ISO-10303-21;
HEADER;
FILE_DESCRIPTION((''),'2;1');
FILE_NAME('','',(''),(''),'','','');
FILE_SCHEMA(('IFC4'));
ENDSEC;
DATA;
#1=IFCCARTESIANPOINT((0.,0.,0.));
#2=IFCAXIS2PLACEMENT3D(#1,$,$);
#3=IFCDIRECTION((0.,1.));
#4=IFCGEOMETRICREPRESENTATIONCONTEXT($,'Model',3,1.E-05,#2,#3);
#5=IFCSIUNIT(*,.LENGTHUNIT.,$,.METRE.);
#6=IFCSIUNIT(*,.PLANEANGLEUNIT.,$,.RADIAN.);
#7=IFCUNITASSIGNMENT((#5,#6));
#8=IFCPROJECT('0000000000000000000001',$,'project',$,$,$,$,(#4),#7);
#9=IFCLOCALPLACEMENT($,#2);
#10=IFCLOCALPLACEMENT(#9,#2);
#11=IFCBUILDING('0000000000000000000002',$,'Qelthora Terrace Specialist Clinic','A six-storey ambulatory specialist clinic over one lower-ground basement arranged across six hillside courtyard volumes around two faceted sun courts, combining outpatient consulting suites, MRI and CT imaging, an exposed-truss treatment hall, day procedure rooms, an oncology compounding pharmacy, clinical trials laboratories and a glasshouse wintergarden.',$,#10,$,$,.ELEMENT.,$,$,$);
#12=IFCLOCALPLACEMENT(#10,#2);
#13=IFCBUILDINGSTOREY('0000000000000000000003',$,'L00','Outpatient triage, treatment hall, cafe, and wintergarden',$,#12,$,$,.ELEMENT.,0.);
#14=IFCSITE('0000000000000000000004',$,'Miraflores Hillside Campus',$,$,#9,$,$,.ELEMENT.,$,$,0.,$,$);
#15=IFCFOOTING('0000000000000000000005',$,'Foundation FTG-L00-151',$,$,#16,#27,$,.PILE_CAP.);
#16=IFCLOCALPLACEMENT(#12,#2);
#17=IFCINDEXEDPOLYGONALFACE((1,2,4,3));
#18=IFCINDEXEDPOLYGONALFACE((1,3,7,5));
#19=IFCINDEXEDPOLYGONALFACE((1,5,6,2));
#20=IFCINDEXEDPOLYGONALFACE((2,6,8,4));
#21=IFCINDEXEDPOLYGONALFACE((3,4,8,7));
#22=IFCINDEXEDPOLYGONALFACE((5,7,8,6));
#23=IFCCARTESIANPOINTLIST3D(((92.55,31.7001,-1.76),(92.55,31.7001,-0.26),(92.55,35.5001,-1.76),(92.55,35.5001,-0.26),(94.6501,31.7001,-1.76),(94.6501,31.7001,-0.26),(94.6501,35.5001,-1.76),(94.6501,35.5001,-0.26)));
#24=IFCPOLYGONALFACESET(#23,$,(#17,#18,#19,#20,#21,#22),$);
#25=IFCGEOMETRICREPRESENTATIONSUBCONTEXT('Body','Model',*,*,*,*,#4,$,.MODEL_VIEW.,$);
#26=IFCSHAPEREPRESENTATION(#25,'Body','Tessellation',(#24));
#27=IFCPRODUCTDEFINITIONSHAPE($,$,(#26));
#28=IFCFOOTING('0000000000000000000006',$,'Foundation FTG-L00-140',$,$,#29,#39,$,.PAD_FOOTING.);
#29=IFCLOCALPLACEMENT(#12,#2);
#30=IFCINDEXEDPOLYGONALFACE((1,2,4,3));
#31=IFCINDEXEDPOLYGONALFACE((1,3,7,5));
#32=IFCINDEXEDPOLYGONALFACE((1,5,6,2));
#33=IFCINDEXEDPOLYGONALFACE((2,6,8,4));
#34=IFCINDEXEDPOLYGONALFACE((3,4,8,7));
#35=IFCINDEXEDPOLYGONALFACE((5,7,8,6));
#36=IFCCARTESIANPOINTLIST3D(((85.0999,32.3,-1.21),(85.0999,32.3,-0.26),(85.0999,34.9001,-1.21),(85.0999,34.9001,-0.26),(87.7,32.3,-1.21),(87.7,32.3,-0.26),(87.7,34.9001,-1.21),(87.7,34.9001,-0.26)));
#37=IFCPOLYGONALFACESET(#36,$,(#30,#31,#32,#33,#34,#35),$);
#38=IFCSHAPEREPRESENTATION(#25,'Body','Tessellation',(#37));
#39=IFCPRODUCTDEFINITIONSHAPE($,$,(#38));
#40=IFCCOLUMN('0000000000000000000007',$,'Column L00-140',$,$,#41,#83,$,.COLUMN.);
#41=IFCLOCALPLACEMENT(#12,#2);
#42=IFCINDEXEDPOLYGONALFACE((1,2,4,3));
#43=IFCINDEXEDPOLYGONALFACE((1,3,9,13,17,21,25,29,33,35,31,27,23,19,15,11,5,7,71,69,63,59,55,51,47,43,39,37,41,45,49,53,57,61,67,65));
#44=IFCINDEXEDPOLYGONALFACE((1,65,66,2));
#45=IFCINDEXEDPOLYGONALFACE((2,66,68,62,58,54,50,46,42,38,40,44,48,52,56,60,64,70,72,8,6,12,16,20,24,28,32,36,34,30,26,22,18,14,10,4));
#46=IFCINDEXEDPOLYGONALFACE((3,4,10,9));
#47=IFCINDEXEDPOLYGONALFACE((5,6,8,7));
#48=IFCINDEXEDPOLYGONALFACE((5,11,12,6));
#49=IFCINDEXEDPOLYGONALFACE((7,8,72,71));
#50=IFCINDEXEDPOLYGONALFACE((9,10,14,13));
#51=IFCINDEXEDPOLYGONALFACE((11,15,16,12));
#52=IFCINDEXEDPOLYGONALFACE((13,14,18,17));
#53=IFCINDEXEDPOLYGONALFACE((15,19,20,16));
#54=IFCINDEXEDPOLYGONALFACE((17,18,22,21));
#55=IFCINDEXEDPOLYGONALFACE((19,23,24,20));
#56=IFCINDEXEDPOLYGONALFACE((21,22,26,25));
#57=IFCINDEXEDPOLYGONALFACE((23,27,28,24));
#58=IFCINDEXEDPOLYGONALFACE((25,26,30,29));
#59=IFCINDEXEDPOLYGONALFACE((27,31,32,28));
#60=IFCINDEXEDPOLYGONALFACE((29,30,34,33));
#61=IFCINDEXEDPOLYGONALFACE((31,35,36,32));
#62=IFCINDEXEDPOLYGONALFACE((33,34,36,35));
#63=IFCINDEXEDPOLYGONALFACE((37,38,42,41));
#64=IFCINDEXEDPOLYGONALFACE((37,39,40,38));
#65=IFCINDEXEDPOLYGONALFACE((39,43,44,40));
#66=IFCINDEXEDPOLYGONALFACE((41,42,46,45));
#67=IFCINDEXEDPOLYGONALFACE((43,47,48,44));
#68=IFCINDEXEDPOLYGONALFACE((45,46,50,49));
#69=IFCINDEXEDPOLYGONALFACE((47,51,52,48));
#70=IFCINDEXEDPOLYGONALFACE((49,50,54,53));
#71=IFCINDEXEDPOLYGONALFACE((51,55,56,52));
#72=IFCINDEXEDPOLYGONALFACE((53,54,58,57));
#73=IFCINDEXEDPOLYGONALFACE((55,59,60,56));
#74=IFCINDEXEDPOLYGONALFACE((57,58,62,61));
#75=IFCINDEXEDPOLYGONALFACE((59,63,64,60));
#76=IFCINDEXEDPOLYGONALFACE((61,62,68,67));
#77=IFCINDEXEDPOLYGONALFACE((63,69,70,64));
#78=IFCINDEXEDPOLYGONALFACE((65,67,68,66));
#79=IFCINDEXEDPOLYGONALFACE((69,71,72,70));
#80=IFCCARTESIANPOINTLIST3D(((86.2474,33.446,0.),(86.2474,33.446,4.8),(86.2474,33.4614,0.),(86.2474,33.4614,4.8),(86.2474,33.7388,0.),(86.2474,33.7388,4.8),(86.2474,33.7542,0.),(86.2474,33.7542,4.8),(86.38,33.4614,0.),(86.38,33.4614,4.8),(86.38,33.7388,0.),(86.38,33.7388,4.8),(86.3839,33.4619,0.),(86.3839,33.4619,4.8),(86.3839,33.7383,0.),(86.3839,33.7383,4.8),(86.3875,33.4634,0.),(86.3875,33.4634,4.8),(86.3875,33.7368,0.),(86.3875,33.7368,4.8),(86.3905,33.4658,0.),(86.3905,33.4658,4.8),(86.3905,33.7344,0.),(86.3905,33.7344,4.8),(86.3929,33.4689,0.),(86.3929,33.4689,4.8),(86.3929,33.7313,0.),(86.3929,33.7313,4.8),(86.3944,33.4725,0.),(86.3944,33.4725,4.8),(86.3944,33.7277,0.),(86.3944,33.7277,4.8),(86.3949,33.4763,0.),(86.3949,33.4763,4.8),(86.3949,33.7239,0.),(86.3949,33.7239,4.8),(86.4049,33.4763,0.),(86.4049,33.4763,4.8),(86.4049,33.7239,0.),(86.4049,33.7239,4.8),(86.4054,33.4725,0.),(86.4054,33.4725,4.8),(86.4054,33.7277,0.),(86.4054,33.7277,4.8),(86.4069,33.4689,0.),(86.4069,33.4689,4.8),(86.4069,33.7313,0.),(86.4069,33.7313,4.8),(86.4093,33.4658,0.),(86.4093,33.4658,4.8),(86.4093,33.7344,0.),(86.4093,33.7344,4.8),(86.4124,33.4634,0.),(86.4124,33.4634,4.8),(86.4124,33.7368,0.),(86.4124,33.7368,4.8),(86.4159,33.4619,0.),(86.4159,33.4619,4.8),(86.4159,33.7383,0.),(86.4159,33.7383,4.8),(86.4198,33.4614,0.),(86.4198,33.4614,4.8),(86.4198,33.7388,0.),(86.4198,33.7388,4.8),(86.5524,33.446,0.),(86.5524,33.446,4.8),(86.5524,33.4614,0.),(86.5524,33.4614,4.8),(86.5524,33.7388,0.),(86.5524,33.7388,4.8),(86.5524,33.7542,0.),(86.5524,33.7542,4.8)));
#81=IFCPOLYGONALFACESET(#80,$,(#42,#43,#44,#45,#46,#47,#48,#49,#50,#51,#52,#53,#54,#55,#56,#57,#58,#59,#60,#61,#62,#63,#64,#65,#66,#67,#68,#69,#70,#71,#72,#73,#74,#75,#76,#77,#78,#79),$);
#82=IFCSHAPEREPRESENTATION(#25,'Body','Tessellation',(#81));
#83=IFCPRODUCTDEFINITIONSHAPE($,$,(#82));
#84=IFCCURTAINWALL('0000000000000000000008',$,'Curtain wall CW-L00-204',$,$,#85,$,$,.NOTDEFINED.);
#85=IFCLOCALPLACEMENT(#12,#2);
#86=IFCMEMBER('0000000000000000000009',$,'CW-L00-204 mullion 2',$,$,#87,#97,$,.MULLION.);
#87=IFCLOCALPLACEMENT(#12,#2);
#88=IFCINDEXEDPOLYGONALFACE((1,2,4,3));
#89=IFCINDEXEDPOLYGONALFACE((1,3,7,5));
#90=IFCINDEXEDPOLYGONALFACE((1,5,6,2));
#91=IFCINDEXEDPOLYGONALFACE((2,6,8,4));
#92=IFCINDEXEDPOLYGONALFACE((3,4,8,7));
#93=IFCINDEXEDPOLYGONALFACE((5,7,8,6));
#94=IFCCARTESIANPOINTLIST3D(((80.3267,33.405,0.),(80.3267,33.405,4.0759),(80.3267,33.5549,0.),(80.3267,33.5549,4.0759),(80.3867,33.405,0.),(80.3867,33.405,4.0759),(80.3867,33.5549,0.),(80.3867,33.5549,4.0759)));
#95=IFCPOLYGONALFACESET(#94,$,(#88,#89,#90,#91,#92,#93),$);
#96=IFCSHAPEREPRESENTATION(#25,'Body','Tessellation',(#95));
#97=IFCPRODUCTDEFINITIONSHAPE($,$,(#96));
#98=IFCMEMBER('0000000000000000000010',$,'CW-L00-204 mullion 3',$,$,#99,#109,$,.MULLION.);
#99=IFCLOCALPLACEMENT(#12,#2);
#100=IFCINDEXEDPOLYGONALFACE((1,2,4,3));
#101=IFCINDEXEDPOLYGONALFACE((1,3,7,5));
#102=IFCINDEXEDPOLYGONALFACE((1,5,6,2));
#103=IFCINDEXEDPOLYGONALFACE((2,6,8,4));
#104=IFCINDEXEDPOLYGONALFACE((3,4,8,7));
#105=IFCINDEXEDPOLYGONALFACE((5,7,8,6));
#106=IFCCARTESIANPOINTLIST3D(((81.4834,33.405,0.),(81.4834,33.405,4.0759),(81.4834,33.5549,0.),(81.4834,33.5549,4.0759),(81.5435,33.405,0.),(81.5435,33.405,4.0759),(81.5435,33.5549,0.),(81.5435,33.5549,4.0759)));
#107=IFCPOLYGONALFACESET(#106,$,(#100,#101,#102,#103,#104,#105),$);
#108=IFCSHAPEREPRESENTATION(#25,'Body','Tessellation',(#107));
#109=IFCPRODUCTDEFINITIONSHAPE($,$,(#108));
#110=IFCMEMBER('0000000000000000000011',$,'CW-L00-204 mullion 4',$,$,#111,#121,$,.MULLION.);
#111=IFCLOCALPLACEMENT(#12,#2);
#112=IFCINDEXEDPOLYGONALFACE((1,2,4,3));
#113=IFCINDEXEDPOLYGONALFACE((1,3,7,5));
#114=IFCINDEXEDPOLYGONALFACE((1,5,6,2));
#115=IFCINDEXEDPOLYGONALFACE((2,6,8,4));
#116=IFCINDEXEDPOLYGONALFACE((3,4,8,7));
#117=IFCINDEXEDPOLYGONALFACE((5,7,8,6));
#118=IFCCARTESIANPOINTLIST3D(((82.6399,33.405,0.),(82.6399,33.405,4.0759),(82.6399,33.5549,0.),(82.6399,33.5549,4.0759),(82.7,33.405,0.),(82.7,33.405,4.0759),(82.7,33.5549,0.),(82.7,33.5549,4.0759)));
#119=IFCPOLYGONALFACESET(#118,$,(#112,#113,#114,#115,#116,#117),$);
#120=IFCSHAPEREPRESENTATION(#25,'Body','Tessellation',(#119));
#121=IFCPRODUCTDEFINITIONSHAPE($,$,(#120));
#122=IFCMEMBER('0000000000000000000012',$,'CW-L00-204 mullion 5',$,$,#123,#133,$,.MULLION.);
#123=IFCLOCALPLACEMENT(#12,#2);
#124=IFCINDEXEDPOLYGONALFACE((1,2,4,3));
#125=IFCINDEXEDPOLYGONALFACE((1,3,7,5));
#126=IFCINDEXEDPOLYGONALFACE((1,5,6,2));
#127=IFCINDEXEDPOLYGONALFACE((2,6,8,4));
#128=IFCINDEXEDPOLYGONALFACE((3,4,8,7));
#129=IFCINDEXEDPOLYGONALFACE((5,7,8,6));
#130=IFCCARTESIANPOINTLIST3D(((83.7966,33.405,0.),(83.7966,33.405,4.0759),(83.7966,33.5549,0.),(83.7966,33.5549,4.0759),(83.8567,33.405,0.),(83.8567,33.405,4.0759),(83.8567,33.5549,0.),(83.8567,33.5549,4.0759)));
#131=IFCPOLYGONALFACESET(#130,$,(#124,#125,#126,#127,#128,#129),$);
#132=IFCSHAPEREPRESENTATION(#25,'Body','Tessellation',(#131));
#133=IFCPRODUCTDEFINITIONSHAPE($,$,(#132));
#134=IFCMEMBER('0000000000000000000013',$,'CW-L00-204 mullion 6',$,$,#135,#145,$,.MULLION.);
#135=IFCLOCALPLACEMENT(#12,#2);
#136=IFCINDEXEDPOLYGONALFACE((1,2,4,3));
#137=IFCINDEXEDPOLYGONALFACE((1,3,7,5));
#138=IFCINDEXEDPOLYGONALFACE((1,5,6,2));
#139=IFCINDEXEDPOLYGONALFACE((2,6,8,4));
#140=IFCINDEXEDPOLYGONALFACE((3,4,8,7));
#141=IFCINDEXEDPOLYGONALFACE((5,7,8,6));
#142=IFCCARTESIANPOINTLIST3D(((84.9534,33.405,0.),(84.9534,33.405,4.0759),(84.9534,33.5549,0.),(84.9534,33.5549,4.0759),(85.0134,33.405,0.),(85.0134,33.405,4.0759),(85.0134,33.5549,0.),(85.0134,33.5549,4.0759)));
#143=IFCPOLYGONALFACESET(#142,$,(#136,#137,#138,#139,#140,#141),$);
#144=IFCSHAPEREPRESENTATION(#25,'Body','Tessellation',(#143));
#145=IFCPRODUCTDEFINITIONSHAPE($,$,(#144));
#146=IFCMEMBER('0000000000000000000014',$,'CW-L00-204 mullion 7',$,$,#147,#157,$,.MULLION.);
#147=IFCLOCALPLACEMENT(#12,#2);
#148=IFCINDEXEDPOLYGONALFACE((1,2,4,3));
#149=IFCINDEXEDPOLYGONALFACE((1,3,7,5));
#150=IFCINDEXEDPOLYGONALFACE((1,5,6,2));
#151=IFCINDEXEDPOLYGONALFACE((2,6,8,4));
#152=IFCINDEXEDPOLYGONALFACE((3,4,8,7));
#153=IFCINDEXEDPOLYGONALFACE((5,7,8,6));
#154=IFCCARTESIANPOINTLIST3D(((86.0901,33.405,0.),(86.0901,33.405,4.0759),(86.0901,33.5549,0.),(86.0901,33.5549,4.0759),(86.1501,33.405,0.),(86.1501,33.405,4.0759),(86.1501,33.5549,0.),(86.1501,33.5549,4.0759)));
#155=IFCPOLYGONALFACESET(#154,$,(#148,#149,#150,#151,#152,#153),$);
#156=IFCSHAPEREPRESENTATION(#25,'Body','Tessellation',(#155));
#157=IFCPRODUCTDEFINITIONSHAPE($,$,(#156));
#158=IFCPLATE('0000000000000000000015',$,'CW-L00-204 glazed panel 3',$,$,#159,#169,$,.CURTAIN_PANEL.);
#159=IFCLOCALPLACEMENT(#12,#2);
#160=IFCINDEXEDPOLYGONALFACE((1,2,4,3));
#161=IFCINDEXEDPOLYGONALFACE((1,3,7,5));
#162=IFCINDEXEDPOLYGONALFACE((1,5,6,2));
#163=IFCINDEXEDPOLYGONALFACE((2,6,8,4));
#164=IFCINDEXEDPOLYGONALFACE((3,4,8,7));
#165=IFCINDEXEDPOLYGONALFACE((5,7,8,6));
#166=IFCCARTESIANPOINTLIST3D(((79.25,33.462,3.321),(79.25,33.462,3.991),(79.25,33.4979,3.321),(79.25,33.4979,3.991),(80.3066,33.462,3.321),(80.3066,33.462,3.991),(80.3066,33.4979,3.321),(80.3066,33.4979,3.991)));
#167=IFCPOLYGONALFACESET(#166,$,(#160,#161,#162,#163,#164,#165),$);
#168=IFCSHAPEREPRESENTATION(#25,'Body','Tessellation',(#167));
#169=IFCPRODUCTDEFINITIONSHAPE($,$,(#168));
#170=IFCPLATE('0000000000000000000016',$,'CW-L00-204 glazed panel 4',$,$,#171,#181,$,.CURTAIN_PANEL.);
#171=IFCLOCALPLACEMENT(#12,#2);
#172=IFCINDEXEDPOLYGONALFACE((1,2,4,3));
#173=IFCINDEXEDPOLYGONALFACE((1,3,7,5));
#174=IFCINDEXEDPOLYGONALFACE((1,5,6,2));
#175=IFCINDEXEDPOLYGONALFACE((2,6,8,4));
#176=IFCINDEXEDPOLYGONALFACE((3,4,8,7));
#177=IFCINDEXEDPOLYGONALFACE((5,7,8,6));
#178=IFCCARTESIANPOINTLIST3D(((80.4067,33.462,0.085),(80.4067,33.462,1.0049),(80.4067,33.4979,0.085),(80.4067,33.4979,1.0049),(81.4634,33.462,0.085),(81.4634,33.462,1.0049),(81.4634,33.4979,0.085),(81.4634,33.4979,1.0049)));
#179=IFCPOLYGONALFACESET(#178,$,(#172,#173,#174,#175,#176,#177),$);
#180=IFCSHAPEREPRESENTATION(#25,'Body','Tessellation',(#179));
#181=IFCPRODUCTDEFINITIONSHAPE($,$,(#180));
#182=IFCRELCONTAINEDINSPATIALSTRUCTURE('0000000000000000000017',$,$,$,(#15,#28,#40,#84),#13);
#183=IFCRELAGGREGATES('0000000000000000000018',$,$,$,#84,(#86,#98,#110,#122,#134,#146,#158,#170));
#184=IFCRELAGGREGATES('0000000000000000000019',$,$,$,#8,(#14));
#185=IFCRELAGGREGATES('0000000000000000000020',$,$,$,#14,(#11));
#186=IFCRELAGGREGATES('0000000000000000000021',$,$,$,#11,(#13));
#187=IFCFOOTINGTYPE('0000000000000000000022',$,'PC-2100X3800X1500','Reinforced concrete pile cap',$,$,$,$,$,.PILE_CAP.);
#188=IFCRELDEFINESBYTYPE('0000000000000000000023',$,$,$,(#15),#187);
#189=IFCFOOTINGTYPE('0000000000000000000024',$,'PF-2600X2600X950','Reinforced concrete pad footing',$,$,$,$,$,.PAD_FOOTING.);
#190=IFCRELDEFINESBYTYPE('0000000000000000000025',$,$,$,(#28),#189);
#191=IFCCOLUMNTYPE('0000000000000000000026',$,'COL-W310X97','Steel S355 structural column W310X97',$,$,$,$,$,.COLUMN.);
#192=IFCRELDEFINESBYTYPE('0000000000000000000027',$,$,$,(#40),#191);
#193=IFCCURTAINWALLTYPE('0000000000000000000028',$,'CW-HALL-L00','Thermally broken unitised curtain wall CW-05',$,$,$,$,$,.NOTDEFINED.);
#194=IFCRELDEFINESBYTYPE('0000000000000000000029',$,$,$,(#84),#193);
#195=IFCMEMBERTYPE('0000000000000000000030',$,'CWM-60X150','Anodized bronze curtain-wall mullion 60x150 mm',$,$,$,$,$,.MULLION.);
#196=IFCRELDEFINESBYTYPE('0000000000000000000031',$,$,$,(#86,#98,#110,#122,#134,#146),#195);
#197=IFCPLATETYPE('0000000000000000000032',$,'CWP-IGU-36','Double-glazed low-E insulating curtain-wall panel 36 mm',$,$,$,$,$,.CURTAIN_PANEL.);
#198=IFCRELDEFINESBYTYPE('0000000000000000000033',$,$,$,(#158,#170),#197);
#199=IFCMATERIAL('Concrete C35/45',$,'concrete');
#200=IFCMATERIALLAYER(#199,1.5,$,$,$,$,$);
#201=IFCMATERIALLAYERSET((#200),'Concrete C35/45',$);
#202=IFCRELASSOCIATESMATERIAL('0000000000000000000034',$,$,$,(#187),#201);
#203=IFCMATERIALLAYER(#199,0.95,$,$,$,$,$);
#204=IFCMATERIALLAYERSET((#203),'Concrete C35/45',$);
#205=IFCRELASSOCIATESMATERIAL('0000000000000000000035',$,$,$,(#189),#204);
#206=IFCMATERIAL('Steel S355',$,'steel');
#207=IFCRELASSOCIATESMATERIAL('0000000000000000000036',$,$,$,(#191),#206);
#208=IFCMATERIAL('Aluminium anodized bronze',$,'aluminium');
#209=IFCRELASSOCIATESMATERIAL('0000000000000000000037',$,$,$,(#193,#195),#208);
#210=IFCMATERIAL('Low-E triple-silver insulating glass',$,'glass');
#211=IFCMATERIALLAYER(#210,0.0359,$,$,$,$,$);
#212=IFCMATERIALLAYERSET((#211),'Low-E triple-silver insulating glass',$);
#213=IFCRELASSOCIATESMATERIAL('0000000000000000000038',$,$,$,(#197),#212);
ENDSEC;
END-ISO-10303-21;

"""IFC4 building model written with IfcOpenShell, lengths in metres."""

from ifc_helpers import new_model, si_unit, direction, frame, origin, origin_2d, place, context, subcontext, project, spatial, rectangle, i_section, extrude, material, layer, layer_set, material_profile, profile_set, type_object, element, aggregate, save


model = new_model("IFC4")

# Units and contexts
model_context = context("Model", 3, precision=1e-05, world=origin(), true_north=direction((0.0, 1.0)))
body_context = subcontext(model_context, "Body", "Model", "MODEL_VIEW")
ifc_project = project(units=[si_unit("LENGTHUNIT", "METRE"), si_unit("PLANEANGLEUNIT", "RADIAN")], contexts=[model_context])

# Site, building, storey
site_placement = place(None, origin())
site = spatial("IfcSite", under=ifc_project, at=site_placement, Name="Miraflores Hillside Campus", CompositionType="ELEMENT", RefElevation=0.0)
building_placement = place(site_placement, origin())
building = spatial("IfcBuilding", under=site, at=building_placement, Name="Qelthora Terrace Specialist Clinic", Description="A six-storey ambulatory specialist clinic over one lower-ground basement arranged across six hillside courtyard volumes around two faceted sun courts, combining outpatient consulting suites, MRI and CT imaging, an exposed-truss treatment hall, day procedure rooms, an oncology compounding pharmacy, clinical trials laboratories and a glasshouse wintergarden.", CompositionType="ELEMENT")
storey_placement = place(building_placement, origin())
storey = spatial("IfcBuildingStorey", under=building, at=storey_placement, Name="L00", Description="Outpatient triage, treatment hall, cafe, and wintergarden", CompositionType="ELEMENT", Elevation=0.0)

# Footings
ifc_material_1 = material(Name="Concrete C35/45", Category="concrete")
ifc_layer_1 = layer(ifc_material_1, 1.5)
ifc_layer_set_1 = layer_set([ifc_layer_1], Name="Concrete C35/45")
footing_type_1 = type_object("IfcFootingType", Name="PC-2100X3800X1500", Description="Reinforced concrete pile cap", PredefinedType="PILE_CAP", material=ifc_layer_set_1)
footing_1_placement = place(storey_placement, frame((93.6001, 33.6001, -1.76), z_axis=(0.0, 0.0, 1.0), x_axis=(1.0, 0.0, 0.0)))
element("IfcFooting", 1, at=footing_1_placement, inside=storey, type_object=footing_type_1, Name="Foundation FTG-L00-151", PredefinedType="PILE_CAP", context=body_context, shape_type="SweptSolid", body=[
    extrude(rectangle(XDim=2.1001, YDim=3.8, at=origin_2d()), origin(), (0.0, 0.0, 1.0), 1.5),
])
ifc_layer_2 = layer(ifc_material_1, 0.95)
ifc_layer_set_2 = layer_set([ifc_layer_2], Name="Concrete C35/45")
footing_type_2 = type_object("IfcFootingType", Name="PF-2600X2600X950", Description="Reinforced concrete pad footing", PredefinedType="PAD_FOOTING", material=ifc_layer_set_2)
footing_2_placement = place(storey_placement, frame((86.3999, 33.6001, -1.21), z_axis=(0.0, 0.0, 1.0), x_axis=(1.0, 0.0, 0.0)))
element("IfcFooting", 2, at=footing_2_placement, inside=storey, type_object=footing_type_2, Name="Foundation FTG-L00-140", PredefinedType="PAD_FOOTING", context=body_context, shape_type="SweptSolid", body=[
    extrude(rectangle(XDim=2.6001, YDim=2.6001, at=origin_2d()), origin(), (0.0, 0.0, 1.0), 0.95),
])

# Column
ifc_material_2 = material(Name="Steel S355", Category="steel")
ifc_material_profile_1 = material_profile(ifc_material_2, i_section(OverallWidth=0.3049, OverallDepth=0.3081, WebThickness=0.01, FlangeThickness=0.0154, FilletRadius=0.0149, at=origin_2d()), Name="W310X97")
ifc_profile_set_1 = profile_set([ifc_material_profile_1], Name="Steel S355")
column_type = type_object("IfcColumnType", Name="COL-W310X97", Description="Steel S355 structural column W310X97", PredefinedType="COLUMN", material=ifc_profile_set_1)
column_placement = place(storey_placement, frame((86.3999, 33.6001, 0.0), z_axis=(0.0, 0.0, 1.0), x_axis=(1.0, 0.0, 0.0)))
element("IfcColumn", 3, at=column_placement, inside=storey, type_object=column_type, Name="Column L00-140", PredefinedType="COLUMN", context=body_context, shape_type="SweptSolid", body=[
    extrude(i_section(OverallWidth=0.3049, OverallDepth=0.3081, WebThickness=0.01, FlangeThickness=0.0154, FilletRadius=0.0149, at=origin_2d()), origin(), (0.0, 0.0, 1.0), 4.8),
])

# Curtain wall, members, plates
ifc_material_3 = material(Name="Aluminium anodized bronze", Category="aluminium")
curtain_wall_type = type_object("IfcCurtainWallType", Name="CW-HALL-L00", Description="Thermally broken unitised curtain wall CW-05", PredefinedType="NOTDEFINED", material=ifc_material_3)
curtain_wall_placement = place(storey_placement, origin())
curtain_wall = element("IfcCurtainWall", 4, at=curtain_wall_placement, inside=storey, type_object=curtain_wall_type, Name="Curtain wall CW-L00-204", PredefinedType="NOTDEFINED")
ifc_material_profile_2 = material_profile(ifc_material_3, rectangle(XDim=0.0601, YDim=0.1499, at=origin_2d()), Name="CWM60X150")
ifc_profile_set_2 = profile_set([ifc_material_profile_2], Name="Aluminium anodized bronze")
member_type = type_object("IfcMemberType", Name="CWM-60X150", Description="Anodized bronze curtain-wall mullion 60x150 mm", PredefinedType="MULLION", material=ifc_profile_set_2)
member_1_placement = place(storey_placement, frame((80.3567, 33.48, 0.0), z_axis=(0.0, 0.0, 1.0), x_axis=(1.0, 0.0, 0.0)))
member_1 = element("IfcMember", 5, at=member_1_placement, type_object=member_type, Name="CW-L00-204 mullion 2", PredefinedType="MULLION", context=body_context, shape_type="SweptSolid", body=[
    extrude(rectangle(XDim=0.0601, YDim=0.1499, at=origin_2d()), origin(), (0.0, 0.0, 1.0), 4.0759),
])
member_2_placement = place(storey_placement, frame((81.5134, 33.48, 0.0), z_axis=(0.0, 0.0, 1.0), x_axis=(1.0, 0.0, 0.0)))
member_2 = element("IfcMember", 6, at=member_2_placement, type_object=member_type, Name="CW-L00-204 mullion 3", PredefinedType="MULLION", context=body_context, shape_type="SweptSolid", body=[
    extrude(rectangle(XDim=0.0601, YDim=0.1499, at=origin_2d()), origin(), (0.0, 0.0, 1.0), 4.0759),
])
member_3_placement = place(storey_placement, frame((82.6699, 33.48, 0.0), z_axis=(0.0, 0.0, 1.0), x_axis=(1.0, 0.0, 0.0)))
member_3 = element("IfcMember", 7, at=member_3_placement, type_object=member_type, Name="CW-L00-204 mullion 4", PredefinedType="MULLION", context=body_context, shape_type="SweptSolid", body=[
    extrude(rectangle(XDim=0.0601, YDim=0.1499, at=origin_2d()), origin(), (0.0, 0.0, 1.0), 4.0759),
])
member_4_placement = place(storey_placement, frame((83.8267, 33.48, 0.0), z_axis=(0.0, 0.0, 1.0), x_axis=(1.0, 0.0, 0.0)))
member_4 = element("IfcMember", 8, at=member_4_placement, type_object=member_type, Name="CW-L00-204 mullion 5", PredefinedType="MULLION", context=body_context, shape_type="SweptSolid", body=[
    extrude(rectangle(XDim=0.0601, YDim=0.1499, at=origin_2d()), origin(), (0.0, 0.0, 1.0), 4.0759),
])
member_5_placement = place(storey_placement, frame((84.9834, 33.48, 0.0), z_axis=(0.0, 0.0, 1.0), x_axis=(1.0, 0.0, 0.0)))
member_5 = element("IfcMember", 9, at=member_5_placement, type_object=member_type, Name="CW-L00-204 mullion 6", PredefinedType="MULLION", context=body_context, shape_type="SweptSolid", body=[
    extrude(rectangle(XDim=0.0601, YDim=0.1499, at=origin_2d()), origin(), (0.0, 0.0, 1.0), 4.0759),
])
member_6_placement = place(storey_placement, frame((86.1201, 33.48, 0.0), z_axis=(0.0, 0.0, 1.0), x_axis=(1.0, 0.0, 0.0)))
member_6 = element("IfcMember", 10, at=member_6_placement, type_object=member_type, Name="CW-L00-204 mullion 7", PredefinedType="MULLION", context=body_context, shape_type="SweptSolid", body=[
    extrude(rectangle(XDim=0.0601, YDim=0.1499, at=origin_2d()), origin(), (0.0, 0.0, 1.0), 4.0759),
])
ifc_material_4 = material(Name="Low-E triple-silver insulating glass", Category="glass")
ifc_layer_3 = layer(ifc_material_4, 0.0359)
ifc_layer_set_3 = layer_set([ifc_layer_3], Name="Low-E triple-silver insulating glass")
plate_type_1 = type_object("IfcPlateType", Name="CWP-IGU-36", Description="Double-glazed low-E insulating curtain-wall panel 36 mm", PredefinedType="CURTAIN_PANEL", material=ifc_layer_set_3)
plate_1_placement = place(storey_placement, frame((79.7783, 33.48, 3.321), z_axis=(0.0, 0.0, 1.0), x_axis=(1.0, 0.0, 0.0)))
plate_1 = element("IfcPlate", 11, at=plate_1_placement, type_object=plate_type_1, Name="CW-L00-204 glazed panel 3", PredefinedType="CURTAIN_PANEL", context=body_context, shape_type="SweptSolid", body=[
    extrude(rectangle(XDim=1.0566, YDim=0.0359, at=origin_2d()), origin(), (0.0, 0.0, 1.0), 0.6699),
])
plate_2_placement = place(storey_placement, frame((80.9351, 33.48, 0.085), z_axis=(0.0, 0.0, 1.0), x_axis=(1.0, 0.0, 0.0)))
plate_2 = element("IfcPlate", 12, at=plate_2_placement, type_object=plate_type_1, Name="CW-L00-204 glazed panel 4", PredefinedType="CURTAIN_PANEL", context=body_context, shape_type="SweptSolid", body=[
    extrude(rectangle(XDim=1.0566, YDim=0.0359, at=origin_2d()), origin(), (0.0, 0.0, 1.0), 0.9199),
])
aggregate(curtain_wall, [member_1, member_2, member_3, member_4, member_5, member_6, plate_1, plate_2])

save(model, "model.ifc")
